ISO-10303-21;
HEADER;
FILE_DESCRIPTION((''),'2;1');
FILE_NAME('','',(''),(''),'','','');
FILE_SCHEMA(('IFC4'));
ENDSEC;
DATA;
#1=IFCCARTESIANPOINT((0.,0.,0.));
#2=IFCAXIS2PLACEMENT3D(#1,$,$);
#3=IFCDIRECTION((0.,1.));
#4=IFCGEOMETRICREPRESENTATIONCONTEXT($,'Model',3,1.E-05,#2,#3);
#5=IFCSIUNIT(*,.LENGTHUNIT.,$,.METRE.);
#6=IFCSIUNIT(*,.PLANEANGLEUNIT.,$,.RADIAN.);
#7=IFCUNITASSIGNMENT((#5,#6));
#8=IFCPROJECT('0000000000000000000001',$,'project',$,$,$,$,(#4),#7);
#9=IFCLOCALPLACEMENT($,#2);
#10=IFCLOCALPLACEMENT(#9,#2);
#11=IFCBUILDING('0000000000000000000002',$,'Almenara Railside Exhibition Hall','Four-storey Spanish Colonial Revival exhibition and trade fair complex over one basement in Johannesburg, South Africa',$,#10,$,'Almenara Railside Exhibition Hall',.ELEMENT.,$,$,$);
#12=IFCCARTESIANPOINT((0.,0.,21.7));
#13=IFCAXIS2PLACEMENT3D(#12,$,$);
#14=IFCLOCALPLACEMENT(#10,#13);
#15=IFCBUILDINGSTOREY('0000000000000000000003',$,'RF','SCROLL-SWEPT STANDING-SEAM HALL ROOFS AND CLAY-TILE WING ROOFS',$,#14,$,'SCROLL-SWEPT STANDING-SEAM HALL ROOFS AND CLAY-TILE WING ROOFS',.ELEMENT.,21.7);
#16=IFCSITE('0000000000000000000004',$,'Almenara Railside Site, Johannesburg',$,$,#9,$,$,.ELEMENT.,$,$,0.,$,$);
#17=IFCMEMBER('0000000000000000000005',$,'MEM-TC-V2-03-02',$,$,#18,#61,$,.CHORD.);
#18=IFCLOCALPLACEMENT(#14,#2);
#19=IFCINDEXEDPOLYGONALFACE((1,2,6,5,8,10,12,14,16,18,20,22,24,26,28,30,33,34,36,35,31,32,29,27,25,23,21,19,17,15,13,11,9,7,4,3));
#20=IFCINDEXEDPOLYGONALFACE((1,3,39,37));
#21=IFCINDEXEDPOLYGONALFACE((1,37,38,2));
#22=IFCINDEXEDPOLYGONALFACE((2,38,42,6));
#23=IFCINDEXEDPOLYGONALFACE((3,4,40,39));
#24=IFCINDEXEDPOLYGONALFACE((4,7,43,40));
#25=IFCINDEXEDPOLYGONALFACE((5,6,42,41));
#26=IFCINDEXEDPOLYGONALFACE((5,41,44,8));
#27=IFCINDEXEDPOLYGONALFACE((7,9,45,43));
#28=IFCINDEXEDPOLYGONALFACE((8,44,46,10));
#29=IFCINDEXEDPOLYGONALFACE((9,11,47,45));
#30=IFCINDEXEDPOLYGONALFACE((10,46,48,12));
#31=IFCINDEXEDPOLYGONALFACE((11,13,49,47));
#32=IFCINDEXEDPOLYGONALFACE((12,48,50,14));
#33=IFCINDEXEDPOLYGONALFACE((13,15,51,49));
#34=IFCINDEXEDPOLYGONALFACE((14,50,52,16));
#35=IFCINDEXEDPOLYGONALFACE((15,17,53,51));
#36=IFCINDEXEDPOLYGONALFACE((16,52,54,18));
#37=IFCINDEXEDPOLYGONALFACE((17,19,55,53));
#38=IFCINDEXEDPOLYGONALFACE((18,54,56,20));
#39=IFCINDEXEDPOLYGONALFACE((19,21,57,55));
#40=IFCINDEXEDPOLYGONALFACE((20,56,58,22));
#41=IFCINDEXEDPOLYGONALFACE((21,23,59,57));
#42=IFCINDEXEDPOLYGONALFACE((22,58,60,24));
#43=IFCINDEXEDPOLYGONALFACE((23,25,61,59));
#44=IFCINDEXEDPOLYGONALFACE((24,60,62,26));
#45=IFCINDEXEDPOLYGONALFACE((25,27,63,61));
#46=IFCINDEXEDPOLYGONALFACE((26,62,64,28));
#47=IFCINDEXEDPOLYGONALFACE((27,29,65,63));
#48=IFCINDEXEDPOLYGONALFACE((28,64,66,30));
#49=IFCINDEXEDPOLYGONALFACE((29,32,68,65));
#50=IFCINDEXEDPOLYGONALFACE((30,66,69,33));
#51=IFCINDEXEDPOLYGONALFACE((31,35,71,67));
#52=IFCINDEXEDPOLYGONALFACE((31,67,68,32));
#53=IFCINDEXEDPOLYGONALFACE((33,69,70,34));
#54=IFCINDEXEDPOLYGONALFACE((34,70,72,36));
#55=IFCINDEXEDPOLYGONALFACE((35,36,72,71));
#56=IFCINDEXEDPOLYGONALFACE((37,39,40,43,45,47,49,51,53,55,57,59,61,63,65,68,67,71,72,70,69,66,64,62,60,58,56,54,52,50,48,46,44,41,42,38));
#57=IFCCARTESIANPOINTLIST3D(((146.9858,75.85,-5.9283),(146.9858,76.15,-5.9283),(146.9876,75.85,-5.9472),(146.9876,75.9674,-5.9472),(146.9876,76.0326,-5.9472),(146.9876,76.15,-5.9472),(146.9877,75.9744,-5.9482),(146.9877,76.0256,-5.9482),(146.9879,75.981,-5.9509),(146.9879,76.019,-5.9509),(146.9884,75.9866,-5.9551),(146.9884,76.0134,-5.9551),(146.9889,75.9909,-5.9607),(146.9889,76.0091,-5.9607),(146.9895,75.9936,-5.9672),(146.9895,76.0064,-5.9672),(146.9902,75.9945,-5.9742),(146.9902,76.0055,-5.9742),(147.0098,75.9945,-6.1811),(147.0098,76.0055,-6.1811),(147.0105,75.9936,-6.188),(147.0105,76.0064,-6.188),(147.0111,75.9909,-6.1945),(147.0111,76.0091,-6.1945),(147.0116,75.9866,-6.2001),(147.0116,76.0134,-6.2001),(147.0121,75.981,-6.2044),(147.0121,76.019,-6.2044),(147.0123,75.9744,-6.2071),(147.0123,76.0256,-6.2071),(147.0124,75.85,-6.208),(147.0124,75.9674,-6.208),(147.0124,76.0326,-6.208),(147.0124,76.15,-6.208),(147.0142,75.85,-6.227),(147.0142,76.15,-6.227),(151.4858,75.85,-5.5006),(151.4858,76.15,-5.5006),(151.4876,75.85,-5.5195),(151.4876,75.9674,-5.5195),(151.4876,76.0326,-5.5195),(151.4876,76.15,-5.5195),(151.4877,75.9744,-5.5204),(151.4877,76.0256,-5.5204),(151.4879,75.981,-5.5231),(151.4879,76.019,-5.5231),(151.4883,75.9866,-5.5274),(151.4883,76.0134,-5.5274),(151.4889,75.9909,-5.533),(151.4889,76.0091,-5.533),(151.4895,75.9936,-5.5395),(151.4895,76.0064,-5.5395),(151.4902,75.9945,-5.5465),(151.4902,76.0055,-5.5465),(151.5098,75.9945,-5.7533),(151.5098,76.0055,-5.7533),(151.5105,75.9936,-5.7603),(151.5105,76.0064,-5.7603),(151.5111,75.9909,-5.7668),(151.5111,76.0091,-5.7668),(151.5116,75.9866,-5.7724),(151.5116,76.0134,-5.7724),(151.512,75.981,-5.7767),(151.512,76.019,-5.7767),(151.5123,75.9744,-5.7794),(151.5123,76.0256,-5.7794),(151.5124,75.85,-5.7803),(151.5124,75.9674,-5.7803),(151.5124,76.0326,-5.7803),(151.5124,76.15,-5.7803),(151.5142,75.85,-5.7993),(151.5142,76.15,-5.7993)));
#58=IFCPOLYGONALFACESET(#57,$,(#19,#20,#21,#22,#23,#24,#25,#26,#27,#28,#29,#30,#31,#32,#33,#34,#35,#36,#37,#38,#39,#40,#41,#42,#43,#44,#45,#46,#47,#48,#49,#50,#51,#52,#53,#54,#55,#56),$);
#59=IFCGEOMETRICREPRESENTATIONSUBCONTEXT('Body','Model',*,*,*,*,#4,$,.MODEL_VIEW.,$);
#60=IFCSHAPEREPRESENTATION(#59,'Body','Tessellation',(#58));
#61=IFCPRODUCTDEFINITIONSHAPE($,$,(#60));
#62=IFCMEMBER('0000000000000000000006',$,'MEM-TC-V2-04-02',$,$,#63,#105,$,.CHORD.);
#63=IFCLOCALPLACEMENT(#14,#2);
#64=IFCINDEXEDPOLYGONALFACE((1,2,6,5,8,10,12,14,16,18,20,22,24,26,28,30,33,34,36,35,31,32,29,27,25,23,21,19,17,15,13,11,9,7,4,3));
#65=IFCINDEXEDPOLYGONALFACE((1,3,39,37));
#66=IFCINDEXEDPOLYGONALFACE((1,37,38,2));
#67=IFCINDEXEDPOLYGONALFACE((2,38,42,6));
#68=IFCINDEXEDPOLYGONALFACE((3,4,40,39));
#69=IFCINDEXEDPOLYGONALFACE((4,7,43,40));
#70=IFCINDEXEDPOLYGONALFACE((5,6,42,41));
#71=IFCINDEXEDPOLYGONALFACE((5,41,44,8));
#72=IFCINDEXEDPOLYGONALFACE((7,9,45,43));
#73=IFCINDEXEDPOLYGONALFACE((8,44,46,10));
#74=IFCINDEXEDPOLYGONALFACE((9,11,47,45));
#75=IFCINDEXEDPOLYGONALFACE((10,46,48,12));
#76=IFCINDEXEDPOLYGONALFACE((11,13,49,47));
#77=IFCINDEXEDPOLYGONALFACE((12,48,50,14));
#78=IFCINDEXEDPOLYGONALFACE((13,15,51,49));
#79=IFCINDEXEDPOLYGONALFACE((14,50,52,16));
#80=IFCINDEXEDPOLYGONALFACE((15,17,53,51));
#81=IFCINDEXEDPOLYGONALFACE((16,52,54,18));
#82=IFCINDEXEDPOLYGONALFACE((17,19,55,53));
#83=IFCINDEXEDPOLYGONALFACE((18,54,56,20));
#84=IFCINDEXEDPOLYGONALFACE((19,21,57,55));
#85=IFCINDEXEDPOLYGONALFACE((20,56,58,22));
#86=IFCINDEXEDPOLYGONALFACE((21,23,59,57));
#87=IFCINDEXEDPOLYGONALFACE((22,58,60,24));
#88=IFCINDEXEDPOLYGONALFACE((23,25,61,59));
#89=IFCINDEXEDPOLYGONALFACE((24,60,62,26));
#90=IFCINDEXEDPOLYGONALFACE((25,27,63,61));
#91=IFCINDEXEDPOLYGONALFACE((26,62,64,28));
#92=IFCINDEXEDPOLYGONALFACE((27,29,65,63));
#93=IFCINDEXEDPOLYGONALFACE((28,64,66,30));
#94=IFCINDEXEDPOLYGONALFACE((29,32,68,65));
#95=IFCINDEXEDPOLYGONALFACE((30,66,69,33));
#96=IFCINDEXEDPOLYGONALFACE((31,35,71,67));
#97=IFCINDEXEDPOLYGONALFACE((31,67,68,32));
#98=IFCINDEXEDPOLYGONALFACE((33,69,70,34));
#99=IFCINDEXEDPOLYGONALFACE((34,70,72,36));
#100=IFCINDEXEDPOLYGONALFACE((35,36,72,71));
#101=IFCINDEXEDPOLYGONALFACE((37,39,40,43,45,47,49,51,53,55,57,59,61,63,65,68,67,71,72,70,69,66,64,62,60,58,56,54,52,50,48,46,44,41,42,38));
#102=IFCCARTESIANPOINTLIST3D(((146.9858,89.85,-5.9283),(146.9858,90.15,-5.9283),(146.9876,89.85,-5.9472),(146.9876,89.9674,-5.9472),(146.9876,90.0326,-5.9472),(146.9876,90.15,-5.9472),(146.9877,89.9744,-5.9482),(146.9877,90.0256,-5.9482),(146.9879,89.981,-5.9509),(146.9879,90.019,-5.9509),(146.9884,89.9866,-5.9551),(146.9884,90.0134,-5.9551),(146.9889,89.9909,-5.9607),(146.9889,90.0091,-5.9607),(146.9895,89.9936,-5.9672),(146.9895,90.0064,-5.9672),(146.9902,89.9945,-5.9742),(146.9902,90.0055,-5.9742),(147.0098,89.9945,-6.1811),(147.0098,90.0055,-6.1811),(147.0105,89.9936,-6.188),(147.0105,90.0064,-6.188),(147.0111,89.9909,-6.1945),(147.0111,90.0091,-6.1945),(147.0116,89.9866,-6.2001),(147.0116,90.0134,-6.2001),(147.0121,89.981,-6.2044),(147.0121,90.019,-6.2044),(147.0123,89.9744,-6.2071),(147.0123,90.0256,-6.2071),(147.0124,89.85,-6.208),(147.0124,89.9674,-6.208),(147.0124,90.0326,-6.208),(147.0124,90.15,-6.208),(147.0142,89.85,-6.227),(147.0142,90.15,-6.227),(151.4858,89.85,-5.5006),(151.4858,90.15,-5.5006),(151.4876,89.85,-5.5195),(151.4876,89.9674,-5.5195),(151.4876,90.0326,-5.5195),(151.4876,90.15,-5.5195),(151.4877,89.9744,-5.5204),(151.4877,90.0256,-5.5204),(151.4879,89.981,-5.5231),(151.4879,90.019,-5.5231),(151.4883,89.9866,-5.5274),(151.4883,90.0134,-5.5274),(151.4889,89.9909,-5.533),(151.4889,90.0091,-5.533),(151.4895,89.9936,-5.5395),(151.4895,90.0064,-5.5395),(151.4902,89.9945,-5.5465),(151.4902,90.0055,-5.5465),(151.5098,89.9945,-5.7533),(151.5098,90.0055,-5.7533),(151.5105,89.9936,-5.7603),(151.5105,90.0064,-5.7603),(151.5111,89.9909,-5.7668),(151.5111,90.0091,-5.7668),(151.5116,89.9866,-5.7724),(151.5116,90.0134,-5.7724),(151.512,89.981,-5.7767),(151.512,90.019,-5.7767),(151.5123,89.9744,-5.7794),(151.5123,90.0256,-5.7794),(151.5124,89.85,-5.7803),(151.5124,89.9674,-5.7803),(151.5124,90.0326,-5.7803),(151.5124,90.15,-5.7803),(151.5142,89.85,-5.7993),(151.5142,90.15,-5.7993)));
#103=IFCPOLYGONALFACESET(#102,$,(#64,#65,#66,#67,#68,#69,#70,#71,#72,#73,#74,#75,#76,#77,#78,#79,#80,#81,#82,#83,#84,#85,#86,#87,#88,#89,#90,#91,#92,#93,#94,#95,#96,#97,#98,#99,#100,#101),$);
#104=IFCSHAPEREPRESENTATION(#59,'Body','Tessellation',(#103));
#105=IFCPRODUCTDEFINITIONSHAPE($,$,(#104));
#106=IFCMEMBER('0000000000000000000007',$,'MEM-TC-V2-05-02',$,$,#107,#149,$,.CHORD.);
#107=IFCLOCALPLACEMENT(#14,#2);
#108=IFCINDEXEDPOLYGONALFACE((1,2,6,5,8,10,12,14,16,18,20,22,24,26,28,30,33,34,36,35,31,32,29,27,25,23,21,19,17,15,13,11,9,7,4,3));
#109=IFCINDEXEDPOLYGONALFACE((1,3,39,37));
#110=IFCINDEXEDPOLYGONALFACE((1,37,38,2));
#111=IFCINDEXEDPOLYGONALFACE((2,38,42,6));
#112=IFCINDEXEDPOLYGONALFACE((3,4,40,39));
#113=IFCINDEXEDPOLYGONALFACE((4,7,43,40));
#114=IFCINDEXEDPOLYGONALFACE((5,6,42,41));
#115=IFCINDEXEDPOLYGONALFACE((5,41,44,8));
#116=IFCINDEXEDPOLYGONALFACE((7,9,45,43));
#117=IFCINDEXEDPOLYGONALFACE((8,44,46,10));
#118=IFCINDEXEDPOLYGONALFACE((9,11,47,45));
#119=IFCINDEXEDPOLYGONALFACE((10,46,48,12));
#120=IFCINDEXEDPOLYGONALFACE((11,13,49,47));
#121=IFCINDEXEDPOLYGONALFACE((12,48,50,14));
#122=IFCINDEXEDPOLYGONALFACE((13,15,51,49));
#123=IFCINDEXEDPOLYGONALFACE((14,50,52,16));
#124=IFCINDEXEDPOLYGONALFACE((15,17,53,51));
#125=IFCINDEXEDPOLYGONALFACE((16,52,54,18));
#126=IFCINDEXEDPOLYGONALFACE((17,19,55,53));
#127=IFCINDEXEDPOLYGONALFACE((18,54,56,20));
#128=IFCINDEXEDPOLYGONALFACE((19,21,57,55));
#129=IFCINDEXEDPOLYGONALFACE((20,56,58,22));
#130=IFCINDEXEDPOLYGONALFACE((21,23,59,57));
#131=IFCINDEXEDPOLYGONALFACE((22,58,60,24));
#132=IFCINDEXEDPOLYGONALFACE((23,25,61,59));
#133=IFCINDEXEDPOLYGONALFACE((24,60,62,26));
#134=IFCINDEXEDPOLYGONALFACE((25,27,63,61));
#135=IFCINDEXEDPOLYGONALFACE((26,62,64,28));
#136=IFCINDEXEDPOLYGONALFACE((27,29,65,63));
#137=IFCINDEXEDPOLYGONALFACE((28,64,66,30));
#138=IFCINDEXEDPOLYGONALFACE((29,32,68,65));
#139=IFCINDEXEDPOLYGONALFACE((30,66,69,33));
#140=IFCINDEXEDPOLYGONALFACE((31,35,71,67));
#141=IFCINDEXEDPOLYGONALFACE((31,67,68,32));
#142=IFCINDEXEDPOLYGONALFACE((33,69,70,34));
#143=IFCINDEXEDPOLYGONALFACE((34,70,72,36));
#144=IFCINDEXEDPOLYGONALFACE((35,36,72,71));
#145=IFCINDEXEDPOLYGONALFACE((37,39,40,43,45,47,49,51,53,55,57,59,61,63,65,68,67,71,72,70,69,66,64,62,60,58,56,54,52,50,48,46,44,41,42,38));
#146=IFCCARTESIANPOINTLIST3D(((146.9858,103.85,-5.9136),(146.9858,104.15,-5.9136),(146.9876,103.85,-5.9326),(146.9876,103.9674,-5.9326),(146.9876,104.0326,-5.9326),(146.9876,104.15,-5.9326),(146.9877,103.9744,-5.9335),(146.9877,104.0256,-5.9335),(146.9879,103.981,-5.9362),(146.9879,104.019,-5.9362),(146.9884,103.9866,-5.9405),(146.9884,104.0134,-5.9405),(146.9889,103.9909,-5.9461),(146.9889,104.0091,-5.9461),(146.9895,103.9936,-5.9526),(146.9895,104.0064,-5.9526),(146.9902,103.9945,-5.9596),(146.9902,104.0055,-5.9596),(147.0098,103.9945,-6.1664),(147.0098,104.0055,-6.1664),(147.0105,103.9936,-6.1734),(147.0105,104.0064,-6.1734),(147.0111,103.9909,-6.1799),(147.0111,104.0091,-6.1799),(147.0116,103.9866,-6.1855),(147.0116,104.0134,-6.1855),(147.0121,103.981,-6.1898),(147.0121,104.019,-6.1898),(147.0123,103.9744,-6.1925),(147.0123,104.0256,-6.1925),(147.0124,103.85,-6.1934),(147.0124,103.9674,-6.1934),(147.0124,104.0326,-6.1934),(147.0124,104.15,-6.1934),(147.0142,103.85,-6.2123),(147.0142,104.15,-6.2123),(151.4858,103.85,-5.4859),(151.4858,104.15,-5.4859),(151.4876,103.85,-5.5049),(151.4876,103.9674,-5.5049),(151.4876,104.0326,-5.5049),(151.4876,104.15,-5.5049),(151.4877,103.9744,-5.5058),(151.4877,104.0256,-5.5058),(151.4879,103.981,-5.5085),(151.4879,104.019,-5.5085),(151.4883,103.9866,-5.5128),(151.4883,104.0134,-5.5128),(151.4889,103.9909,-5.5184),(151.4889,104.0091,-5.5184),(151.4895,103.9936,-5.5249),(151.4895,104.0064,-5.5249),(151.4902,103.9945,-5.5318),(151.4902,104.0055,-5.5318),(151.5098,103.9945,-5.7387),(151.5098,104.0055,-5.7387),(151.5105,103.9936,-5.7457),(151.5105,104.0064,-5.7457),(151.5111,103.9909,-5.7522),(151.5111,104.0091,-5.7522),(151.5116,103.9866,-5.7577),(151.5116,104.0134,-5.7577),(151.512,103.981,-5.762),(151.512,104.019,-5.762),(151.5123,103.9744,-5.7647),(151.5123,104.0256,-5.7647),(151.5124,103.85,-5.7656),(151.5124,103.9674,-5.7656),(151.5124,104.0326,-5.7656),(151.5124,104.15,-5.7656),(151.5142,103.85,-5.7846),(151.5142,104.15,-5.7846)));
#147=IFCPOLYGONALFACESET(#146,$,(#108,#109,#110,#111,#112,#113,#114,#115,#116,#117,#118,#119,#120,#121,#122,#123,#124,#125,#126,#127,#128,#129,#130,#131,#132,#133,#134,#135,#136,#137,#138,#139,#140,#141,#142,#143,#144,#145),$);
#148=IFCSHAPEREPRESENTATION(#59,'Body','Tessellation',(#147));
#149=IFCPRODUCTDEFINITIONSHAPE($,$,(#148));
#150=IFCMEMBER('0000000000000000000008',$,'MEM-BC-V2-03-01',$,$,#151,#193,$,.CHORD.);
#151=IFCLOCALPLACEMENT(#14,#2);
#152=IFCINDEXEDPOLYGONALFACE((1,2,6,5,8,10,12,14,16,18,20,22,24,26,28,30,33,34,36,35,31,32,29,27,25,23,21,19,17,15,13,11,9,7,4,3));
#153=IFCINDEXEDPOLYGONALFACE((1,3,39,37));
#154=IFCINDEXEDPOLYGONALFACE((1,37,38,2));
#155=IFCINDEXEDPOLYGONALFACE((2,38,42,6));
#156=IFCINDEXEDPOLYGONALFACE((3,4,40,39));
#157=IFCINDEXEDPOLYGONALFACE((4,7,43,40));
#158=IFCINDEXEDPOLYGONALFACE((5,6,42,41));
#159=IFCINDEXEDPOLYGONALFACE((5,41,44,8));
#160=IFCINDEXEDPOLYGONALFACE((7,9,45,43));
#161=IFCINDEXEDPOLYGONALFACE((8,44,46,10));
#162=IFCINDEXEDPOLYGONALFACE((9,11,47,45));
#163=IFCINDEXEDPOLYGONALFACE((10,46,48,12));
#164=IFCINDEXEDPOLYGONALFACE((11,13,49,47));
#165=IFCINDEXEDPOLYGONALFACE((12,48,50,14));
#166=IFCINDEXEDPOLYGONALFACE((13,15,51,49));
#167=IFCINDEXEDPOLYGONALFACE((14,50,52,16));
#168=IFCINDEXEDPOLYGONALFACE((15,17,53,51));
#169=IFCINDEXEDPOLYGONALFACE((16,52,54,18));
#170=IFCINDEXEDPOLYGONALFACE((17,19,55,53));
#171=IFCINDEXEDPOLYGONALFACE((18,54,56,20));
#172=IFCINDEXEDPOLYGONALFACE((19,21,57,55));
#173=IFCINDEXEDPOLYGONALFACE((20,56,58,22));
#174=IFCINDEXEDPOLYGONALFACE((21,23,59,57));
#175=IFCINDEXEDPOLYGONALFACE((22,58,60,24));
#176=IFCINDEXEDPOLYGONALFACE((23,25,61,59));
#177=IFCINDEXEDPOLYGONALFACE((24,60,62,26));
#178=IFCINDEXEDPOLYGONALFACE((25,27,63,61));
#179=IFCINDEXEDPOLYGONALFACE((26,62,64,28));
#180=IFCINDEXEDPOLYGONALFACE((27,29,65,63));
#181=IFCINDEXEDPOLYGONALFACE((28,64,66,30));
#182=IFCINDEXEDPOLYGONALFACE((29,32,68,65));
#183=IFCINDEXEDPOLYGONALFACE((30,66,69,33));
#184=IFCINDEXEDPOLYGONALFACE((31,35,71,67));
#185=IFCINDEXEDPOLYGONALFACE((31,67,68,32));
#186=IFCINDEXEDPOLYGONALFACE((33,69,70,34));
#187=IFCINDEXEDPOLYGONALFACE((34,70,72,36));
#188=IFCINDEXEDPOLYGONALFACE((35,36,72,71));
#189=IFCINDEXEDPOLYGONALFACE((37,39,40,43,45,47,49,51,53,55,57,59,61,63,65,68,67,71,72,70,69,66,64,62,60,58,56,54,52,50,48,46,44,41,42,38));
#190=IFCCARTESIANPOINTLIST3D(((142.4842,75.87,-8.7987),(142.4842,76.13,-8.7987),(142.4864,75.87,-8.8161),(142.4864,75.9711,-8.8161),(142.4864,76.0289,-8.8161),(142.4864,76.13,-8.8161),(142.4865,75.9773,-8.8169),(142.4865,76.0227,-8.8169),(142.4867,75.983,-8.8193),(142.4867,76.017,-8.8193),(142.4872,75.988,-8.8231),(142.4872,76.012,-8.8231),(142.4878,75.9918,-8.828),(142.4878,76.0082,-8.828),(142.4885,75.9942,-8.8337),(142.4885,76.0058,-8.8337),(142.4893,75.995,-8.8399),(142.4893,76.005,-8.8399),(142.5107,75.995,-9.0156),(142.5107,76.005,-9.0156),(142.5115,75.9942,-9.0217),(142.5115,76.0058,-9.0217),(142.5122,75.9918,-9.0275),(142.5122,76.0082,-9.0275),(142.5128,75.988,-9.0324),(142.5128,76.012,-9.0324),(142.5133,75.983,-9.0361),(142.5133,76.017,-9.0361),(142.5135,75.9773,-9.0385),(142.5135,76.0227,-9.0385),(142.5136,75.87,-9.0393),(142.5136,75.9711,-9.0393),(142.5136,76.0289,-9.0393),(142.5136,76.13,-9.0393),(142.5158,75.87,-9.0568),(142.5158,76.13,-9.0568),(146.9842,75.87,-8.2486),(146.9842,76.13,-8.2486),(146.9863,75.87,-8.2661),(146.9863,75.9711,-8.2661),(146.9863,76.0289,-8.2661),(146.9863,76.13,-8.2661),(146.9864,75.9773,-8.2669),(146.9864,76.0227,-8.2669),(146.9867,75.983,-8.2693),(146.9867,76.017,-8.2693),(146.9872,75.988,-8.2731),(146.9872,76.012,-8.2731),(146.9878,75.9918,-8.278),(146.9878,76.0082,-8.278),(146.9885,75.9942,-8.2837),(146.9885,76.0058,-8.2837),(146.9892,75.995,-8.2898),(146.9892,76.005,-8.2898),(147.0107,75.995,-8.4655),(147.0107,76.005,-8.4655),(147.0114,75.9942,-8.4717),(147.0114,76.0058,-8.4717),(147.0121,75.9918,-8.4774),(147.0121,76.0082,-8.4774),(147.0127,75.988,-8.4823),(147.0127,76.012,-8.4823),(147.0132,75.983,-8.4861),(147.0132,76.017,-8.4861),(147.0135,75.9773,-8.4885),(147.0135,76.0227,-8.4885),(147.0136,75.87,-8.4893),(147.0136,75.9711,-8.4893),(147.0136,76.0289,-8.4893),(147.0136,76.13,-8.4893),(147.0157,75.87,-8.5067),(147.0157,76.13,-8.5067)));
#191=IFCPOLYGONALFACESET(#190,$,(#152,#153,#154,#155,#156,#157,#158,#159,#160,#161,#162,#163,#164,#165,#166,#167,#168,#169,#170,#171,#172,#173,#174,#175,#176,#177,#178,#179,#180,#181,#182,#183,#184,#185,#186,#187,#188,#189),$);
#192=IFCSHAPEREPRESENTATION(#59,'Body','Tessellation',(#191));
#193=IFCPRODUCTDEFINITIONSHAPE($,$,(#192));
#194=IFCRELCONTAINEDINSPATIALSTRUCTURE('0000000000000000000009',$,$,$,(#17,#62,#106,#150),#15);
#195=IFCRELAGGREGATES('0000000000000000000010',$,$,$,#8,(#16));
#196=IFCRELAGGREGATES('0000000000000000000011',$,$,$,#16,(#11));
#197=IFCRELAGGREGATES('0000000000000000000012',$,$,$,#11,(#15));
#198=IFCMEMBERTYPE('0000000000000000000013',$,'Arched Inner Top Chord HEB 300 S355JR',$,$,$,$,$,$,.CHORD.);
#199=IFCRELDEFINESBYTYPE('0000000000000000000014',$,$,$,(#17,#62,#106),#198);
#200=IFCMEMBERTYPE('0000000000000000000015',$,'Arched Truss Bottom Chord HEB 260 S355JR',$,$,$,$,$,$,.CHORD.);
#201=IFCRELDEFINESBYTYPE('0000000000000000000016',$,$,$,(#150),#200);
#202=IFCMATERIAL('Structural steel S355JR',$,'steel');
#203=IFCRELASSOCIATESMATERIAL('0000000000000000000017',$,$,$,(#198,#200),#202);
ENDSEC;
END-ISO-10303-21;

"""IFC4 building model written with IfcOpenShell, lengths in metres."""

from ifc_helpers import new_model, si_unit, direction, frame, origin, origin_2d, place, context, subcontext, project, spatial, i_section, extrude, material, material_profile, profile_set, type_object, element, save


model = new_model("IFC4")

# Units and contexts
model_context = context("Model", 3, precision=1e-05, world=origin(), true_north=direction((0.0, 1.0)))
body_context = subcontext(model_context, "Body", "Model", "MODEL_VIEW")
ifc_project = project(units=[si_unit("LENGTHUNIT", "METRE"), si_unit("PLANEANGLEUNIT", "RADIAN")], contexts=[model_context])

# Site, building, storey
site_placement = place(None, origin())
site = spatial("IfcSite", under=ifc_project, at=site_placement, Name="Almenara Railside Site, Johannesburg", CompositionType="ELEMENT", RefElevation=0.0)
building_placement = place(site_placement, origin())
building = spatial("IfcBuilding", under=site, at=building_placement, Name="Almenara Railside Exhibition Hall", Description="Four-storey Spanish Colonial Revival exhibition and trade fair complex over one basement in Johannesburg, South Africa", LongName="Almenara Railside Exhibition Hall", CompositionType="ELEMENT")
storey_placement = place(building_placement, frame((0.0, 0.0, 21.7)))
storey = spatial("IfcBuildingStorey", under=building, at=storey_placement, Name="RF", Description="SCROLL-SWEPT STANDING-SEAM HALL ROOFS AND CLAY-TILE WING ROOFS", LongName="SCROLL-SWEPT STANDING-SEAM HALL ROOFS AND CLAY-TILE WING ROOFS", CompositionType="ELEMENT", Elevation=21.7)

# Members
ifc_material = material(Name="Structural steel S355JR", Category="steel")
ifc_material_profile_1 = material_profile(ifc_material, i_section(OverallWidth=0.3, OverallDepth=0.3, WebThickness=0.011, FlangeThickness=0.019, FilletRadius=0.0271, at=origin_2d()), Name="HEB 300")
ifc_profile_set_1 = profile_set([ifc_material_profile_1], Name="Structural steel S355JR")
member_type_1 = type_object("IfcMemberType", Name="Arched Inner Top Chord HEB 300 S355JR", PredefinedType="CHORD", material=ifc_profile_set_1)
for number, where, z_axis, x_axis, name in (
    (1, (147.0, 76.0, -6.0776), (0.995513, 0.0, 0.094626), (0.0, 1.0, 0.0), "MEM-TC-V2-03-02"),
    (2, (147.0, 90.0, -6.0776), (0.995513, 0.0, 0.094626), (0.0, 1.0, 0.0), "MEM-TC-V2-04-02"),
    (3, (147.0, 104.0, -6.063), (0.995513, 0.0, 0.094626), (0.0, 1.0, 0.0), "MEM-TC-V2-05-02"),
):
    element("IfcMember", number, at=place(storey_placement, frame(where, z_axis=z_axis, x_axis=x_axis)), inside=storey, type_object=member_type_1, Name=name, PredefinedType="CHORD", context=body_context, shape_type="SweptSolid", body=[
        extrude(i_section(OverallWidth=0.3, OverallDepth=0.3, WebThickness=0.011, FlangeThickness=0.019, FilletRadius=0.0271, at=origin_2d()), origin(), (0.0, 0.0, 1.0), 4.5203),
    ])
ifc_material_profile_2 = material_profile(ifc_material, i_section(OverallWidth=0.26, OverallDepth=0.26, WebThickness=0.01, FlangeThickness=0.0176, FilletRadius=0.0239, at=origin_2d()), Name="HEB 260")
ifc_profile_set_2 = profile_set([ifc_material_profile_2], Name="Structural steel S355JR")
member_type_2 = type_object("IfcMemberType", Name="Arched Truss Bottom Chord HEB 260 S355JR", PredefinedType="CHORD", material=ifc_profile_set_2)
for number, where, z_axis, x_axis, name in (
    (4, (142.5, 76.0, -8.9277), (0.992612, 0.0, 0.12133), (0.0, 1.0, 0.0), "MEM-BC-V2-03-01"),
):
    element("IfcMember", number, at=place(storey_placement, frame(where, z_axis=z_axis, x_axis=x_axis)), inside=storey, type_object=member_type_2, Name=name, PredefinedType="CHORD", context=body_context, shape_type="SweptSolid", body=[
        extrude(i_section(OverallWidth=0.26, OverallDepth=0.26, WebThickness=0.01, FlangeThickness=0.0176, FilletRadius=0.0239, at=origin_2d()), origin(), (0.0, 0.0, 1.0), 4.5334),
    ])

save(model, "model.ifc")
